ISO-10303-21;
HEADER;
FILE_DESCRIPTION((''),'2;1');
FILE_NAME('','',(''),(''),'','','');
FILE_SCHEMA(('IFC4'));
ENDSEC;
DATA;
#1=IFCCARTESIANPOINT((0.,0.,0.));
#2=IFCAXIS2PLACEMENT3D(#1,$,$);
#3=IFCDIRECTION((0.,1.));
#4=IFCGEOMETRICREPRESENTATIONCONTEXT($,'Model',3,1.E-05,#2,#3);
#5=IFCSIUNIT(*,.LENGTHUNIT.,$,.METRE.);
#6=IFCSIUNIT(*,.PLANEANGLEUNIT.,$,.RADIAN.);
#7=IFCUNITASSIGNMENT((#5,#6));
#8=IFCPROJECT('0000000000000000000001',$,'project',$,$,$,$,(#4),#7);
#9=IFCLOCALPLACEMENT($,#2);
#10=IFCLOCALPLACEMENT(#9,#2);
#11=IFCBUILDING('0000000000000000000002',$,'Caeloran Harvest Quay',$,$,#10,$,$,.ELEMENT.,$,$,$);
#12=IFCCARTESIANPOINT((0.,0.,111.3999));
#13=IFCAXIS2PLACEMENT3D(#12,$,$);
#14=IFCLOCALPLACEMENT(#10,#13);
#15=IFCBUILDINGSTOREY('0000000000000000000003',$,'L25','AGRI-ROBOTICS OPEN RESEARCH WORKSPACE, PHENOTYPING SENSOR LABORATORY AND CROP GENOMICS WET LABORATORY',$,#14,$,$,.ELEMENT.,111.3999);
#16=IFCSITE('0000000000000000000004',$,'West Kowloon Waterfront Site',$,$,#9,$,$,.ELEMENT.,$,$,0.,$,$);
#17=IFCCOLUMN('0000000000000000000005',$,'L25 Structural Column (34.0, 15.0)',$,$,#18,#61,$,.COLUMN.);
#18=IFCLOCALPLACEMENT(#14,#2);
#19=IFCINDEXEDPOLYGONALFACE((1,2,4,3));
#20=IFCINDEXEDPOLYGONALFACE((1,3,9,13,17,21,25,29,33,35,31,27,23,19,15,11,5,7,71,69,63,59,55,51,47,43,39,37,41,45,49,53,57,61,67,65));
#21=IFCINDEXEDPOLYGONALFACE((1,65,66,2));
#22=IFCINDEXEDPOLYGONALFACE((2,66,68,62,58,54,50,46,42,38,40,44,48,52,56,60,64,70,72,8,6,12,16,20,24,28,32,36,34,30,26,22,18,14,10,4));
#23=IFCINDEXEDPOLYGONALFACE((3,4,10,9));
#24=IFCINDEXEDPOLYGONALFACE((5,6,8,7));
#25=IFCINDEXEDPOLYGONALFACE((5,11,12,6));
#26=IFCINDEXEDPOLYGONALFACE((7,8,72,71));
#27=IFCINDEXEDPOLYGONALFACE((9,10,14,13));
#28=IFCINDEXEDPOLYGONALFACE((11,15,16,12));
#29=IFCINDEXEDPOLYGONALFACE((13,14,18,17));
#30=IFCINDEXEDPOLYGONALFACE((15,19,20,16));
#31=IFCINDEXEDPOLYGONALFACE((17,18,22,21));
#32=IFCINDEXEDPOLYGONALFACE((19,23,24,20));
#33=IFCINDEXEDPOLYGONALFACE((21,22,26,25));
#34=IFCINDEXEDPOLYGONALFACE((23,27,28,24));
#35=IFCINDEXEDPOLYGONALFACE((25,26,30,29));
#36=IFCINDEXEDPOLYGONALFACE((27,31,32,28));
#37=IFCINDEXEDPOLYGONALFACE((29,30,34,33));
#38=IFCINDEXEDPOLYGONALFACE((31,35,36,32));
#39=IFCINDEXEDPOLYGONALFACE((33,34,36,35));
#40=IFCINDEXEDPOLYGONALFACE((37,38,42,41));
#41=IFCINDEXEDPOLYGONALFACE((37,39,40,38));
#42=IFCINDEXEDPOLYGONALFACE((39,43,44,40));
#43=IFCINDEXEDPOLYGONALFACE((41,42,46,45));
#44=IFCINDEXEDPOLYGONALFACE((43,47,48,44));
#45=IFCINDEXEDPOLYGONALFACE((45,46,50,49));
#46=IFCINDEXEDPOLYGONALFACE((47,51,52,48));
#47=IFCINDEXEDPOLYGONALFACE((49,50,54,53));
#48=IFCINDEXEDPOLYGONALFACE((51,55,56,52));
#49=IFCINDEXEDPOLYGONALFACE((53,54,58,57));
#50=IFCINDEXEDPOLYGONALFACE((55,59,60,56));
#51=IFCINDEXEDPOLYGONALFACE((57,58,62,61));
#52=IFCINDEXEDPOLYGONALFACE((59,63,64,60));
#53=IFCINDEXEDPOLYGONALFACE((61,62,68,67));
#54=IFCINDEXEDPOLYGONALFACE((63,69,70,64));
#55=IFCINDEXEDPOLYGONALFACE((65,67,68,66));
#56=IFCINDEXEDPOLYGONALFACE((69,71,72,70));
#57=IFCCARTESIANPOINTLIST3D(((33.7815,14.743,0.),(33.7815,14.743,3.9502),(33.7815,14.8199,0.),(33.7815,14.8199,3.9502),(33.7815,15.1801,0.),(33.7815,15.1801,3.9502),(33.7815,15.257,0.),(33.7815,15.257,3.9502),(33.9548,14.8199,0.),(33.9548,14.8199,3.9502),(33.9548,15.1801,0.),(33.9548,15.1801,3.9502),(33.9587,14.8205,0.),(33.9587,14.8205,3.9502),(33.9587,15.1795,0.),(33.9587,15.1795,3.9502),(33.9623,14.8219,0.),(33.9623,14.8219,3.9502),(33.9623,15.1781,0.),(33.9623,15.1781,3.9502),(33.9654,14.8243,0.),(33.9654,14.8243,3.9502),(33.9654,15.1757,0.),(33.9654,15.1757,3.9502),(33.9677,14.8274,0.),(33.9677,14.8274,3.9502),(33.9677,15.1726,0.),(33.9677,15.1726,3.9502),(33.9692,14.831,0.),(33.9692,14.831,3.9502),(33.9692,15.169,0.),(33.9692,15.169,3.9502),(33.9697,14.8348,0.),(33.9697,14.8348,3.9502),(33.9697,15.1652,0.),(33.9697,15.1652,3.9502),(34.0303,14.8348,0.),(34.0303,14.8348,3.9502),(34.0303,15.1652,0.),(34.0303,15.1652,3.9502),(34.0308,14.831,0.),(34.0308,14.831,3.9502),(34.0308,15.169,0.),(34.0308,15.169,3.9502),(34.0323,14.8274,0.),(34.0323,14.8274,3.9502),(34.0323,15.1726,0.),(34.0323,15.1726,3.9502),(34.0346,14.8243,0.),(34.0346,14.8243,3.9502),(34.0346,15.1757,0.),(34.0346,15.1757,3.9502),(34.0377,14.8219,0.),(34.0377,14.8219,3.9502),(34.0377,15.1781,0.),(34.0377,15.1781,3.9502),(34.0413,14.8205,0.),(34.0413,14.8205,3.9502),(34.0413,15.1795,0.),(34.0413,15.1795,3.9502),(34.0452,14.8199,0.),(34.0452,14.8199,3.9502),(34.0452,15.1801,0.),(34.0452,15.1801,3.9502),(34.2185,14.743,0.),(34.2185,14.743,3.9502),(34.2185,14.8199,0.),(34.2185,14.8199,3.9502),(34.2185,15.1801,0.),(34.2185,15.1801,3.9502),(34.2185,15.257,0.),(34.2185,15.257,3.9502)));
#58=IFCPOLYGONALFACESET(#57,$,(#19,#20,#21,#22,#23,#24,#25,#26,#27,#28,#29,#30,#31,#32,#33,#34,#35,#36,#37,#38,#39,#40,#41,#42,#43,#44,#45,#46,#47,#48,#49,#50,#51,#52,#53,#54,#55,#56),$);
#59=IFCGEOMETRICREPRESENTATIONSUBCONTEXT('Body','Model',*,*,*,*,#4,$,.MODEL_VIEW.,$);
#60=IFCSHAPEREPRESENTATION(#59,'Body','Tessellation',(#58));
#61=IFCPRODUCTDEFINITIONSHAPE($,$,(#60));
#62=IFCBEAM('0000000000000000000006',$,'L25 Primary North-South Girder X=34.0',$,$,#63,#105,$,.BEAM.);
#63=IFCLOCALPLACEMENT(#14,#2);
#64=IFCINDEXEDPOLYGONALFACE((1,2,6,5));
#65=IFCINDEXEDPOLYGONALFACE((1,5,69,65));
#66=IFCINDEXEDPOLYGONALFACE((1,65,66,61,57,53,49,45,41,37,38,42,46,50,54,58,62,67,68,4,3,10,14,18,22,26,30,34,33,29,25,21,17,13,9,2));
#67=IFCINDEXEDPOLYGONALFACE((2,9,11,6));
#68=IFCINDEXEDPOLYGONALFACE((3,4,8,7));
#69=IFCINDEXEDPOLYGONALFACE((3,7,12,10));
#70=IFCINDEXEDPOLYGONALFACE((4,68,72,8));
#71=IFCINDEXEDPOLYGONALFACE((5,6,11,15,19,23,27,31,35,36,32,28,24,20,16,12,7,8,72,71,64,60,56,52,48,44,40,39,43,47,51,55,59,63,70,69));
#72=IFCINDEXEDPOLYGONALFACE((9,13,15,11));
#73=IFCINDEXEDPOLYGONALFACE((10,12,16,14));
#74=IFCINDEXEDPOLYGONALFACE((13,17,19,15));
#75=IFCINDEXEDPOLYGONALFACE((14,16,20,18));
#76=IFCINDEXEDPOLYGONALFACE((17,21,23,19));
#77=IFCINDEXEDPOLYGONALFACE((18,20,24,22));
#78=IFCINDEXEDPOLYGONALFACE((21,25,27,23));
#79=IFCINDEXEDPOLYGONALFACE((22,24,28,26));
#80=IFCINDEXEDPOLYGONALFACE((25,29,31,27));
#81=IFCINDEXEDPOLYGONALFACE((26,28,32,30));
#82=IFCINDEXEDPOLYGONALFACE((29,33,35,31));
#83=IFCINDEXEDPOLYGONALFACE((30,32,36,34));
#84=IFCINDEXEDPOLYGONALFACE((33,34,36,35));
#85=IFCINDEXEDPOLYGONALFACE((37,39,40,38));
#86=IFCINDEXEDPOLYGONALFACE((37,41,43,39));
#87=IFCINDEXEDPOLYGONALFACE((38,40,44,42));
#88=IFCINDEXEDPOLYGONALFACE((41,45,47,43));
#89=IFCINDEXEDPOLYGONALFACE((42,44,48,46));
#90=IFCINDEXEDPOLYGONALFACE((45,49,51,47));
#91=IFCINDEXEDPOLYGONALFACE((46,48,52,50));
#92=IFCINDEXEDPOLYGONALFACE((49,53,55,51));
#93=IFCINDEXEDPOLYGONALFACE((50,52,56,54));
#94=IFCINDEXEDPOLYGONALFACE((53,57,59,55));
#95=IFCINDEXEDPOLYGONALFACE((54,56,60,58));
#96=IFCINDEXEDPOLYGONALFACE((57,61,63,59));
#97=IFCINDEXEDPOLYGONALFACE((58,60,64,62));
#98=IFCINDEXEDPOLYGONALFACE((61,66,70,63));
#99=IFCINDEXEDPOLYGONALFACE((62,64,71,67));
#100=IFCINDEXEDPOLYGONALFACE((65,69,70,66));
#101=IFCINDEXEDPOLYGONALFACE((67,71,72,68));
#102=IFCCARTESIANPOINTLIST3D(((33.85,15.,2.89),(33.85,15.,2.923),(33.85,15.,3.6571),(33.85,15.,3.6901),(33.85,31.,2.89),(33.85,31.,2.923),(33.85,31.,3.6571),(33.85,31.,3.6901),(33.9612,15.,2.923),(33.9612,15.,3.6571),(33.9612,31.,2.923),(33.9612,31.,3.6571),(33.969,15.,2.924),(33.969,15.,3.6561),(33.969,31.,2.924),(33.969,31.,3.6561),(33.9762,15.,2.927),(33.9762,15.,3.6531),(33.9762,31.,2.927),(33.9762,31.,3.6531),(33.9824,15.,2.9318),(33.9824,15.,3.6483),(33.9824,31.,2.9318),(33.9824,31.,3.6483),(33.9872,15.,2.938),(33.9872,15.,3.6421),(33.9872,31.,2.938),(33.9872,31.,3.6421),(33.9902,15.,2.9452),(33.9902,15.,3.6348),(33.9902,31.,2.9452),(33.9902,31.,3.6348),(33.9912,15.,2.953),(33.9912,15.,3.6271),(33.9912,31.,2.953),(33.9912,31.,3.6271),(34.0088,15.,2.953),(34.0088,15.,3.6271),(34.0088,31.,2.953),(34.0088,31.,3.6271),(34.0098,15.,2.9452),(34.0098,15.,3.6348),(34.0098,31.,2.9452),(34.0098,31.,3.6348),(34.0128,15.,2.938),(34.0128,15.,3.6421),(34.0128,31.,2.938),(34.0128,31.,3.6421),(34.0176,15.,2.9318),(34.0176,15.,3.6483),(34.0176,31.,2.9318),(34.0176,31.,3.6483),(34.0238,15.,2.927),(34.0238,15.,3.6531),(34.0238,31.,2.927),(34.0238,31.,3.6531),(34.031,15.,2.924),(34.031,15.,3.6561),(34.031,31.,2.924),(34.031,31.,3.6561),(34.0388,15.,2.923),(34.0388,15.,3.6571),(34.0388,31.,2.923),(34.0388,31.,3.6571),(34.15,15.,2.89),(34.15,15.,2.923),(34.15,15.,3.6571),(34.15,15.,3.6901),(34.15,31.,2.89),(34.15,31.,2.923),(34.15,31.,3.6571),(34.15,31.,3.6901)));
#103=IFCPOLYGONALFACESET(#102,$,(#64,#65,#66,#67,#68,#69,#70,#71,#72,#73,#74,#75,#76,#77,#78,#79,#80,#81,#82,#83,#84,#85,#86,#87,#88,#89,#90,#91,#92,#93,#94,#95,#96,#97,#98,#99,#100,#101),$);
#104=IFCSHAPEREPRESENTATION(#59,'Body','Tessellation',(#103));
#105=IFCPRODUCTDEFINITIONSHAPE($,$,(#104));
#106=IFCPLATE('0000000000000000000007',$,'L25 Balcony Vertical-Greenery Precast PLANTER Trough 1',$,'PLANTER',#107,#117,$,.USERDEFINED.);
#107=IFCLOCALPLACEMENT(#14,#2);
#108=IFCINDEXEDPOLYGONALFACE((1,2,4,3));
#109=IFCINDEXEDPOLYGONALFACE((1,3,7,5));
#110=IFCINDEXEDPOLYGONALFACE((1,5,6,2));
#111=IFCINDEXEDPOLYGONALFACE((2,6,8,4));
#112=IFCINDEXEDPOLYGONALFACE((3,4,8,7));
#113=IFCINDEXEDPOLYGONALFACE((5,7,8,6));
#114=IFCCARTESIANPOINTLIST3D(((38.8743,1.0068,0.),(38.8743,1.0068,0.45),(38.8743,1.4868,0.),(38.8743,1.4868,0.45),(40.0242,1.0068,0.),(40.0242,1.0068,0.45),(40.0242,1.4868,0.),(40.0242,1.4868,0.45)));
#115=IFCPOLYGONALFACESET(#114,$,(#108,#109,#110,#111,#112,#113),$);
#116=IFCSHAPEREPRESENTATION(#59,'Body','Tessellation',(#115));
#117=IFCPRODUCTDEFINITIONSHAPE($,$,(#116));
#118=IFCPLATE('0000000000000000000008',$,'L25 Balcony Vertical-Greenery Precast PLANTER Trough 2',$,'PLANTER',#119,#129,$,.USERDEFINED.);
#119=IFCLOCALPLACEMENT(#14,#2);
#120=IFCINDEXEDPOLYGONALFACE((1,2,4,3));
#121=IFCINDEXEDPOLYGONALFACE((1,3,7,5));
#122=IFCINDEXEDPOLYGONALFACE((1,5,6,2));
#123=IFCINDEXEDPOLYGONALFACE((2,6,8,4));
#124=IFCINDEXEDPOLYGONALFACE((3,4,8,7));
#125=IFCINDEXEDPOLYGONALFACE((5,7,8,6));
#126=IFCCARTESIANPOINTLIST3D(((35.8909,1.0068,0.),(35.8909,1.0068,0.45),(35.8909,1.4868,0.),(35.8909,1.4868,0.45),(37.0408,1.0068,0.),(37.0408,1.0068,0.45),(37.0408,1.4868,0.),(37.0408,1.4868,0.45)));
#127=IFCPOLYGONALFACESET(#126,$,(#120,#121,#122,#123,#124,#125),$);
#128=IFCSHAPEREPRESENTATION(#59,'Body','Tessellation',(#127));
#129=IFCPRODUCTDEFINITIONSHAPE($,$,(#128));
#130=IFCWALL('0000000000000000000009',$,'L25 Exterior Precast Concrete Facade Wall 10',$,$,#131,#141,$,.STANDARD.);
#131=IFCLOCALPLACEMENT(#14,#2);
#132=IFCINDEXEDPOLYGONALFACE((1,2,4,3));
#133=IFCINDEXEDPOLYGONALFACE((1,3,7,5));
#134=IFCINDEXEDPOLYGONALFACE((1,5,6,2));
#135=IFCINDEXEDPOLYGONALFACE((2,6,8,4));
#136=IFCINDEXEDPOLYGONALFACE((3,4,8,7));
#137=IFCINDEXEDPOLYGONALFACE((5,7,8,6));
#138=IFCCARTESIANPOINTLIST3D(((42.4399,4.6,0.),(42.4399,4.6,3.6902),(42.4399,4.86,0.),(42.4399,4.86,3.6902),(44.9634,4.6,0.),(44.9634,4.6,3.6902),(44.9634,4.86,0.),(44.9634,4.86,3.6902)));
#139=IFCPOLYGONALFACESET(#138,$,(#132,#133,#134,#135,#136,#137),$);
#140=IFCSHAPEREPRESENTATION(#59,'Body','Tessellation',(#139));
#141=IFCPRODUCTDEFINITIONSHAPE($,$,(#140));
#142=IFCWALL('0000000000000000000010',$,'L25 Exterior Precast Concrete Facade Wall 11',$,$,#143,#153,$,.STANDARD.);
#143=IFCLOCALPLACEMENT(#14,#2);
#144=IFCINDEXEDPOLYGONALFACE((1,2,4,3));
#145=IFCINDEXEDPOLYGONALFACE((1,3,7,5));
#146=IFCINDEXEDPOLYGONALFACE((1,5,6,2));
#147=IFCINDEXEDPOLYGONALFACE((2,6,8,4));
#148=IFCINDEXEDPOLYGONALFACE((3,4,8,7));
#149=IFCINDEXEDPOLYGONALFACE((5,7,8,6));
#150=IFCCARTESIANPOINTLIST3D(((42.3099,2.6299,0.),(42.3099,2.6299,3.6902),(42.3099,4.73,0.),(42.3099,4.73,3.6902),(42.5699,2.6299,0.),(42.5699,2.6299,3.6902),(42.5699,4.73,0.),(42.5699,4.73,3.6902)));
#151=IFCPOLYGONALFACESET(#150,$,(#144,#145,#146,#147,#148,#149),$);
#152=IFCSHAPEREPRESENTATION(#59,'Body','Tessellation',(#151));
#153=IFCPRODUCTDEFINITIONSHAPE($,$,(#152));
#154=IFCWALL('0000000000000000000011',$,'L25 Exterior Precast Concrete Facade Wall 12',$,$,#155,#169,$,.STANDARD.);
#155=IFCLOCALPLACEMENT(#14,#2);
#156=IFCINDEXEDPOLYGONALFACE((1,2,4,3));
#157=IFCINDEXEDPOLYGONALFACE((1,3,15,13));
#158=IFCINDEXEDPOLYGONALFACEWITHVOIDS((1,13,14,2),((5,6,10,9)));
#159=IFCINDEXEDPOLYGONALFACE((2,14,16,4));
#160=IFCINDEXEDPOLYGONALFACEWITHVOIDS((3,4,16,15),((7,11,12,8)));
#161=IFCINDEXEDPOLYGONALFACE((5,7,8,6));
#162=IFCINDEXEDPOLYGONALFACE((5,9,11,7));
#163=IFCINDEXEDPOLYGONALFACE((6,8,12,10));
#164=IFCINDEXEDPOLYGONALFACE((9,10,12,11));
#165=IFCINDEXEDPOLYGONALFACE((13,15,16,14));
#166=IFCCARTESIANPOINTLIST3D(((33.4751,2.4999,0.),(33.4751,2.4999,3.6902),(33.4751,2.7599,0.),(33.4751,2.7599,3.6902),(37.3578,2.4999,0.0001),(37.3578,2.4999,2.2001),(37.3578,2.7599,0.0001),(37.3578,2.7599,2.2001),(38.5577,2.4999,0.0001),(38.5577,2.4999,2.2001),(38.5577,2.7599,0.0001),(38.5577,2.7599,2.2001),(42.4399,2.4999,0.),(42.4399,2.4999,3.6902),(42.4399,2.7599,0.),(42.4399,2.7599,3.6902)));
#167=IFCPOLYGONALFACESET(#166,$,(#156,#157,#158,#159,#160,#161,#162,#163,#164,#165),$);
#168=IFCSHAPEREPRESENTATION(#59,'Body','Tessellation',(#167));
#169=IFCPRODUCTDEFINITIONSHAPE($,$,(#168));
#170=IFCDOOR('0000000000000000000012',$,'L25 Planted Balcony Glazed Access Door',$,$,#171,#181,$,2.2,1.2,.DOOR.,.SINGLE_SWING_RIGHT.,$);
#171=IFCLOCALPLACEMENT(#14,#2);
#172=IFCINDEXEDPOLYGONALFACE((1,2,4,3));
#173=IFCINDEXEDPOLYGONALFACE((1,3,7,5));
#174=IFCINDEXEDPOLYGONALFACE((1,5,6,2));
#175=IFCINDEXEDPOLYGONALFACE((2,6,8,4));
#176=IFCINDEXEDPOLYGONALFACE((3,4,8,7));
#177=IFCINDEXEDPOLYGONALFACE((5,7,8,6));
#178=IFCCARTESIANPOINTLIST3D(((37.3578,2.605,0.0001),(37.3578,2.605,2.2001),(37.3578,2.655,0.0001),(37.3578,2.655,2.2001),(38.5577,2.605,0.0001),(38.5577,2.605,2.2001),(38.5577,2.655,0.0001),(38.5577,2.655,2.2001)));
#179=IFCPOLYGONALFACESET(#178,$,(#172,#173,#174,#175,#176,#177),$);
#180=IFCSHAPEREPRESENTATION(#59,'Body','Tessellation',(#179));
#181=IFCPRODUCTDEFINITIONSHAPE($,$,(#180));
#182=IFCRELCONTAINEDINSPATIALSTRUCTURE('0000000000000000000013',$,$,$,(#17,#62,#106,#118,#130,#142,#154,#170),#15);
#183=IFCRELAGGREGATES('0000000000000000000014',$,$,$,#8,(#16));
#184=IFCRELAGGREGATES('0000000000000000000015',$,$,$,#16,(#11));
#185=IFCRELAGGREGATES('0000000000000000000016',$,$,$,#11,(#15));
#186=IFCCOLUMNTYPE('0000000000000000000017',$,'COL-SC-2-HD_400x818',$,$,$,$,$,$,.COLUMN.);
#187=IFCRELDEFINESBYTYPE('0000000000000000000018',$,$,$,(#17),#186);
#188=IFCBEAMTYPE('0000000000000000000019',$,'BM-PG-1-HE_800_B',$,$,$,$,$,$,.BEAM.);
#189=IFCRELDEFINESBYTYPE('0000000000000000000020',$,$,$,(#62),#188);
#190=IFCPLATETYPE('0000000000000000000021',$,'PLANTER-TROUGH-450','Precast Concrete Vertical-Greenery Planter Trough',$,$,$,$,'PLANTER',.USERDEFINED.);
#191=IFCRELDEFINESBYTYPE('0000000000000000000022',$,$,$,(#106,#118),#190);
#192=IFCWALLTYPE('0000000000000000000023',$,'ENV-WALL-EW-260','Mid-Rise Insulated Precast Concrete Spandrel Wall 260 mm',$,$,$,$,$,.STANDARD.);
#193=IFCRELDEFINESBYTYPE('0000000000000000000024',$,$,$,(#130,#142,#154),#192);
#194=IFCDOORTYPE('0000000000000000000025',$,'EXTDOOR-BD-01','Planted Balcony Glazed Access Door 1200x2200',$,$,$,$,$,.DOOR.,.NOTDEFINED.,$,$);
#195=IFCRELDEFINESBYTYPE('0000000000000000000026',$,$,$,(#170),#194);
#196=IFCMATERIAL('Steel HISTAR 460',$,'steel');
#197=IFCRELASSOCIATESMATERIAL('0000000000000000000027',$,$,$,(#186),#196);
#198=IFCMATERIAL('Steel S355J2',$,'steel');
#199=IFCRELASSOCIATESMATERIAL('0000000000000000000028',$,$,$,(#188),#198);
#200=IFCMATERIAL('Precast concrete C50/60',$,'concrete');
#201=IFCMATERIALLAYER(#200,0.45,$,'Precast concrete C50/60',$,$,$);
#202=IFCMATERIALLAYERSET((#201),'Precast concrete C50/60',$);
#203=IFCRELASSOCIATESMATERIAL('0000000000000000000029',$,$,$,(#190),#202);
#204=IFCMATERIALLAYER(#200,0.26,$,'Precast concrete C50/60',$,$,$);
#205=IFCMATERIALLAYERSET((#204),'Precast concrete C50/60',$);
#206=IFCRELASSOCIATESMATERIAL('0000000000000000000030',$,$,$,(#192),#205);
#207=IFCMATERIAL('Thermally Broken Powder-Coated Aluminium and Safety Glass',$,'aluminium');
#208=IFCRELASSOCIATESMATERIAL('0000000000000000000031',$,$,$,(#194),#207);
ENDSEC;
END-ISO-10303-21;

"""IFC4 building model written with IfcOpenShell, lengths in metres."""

from ifc_helpers import new_model, si_unit, direction, frame, frame_2d, origin, origin_2d, place, context, subcontext, project, spatial, rectangle, i_section, extrude, material, layer, layer_set, material_profile, profile_set, type_object, element, fill, save


model = new_model("IFC4")

# Units and contexts
model_context = context("Model", 3, precision=1e-05, world=origin(), true_north=direction((0.0, 1.0)))
body_context = subcontext(model_context, "Body", "Model", "MODEL_VIEW")
ifc_project = project(units=[si_unit("LENGTHUNIT", "METRE"), si_unit("PLANEANGLEUNIT", "RADIAN")], contexts=[model_context])

# Site, building, storey
site_placement = place(None, origin())
site = spatial("IfcSite", under=ifc_project, at=site_placement, Name="West Kowloon Waterfront Site", CompositionType="ELEMENT", RefElevation=0.0)
building_placement = place(site_placement, origin())
building = spatial("IfcBuilding", under=site, at=building_placement, Name="Caeloran Harvest Quay", CompositionType="ELEMENT")
storey_placement = place(building_placement, frame((0.0, 0.0, 111.3999)))
storey = spatial("IfcBuildingStorey", under=building, at=storey_placement, Name="L25", Description="AGRI-ROBOTICS OPEN RESEARCH WORKSPACE, PHENOTYPING SENSOR LABORATORY AND CROP GENOMICS WET LABORATORY", CompositionType="ELEMENT", Elevation=111.3999)

# Column
ifc_material_1 = material(Name="Steel HISTAR 460", Category="steel")
ifc_material_profile_1 = material_profile(ifc_material_1, i_section(OverallWidth=0.437, OverallDepth=0.5139, WebThickness=0.0605, FlangeThickness=0.0769, FilletRadius=0.0149, at=origin_2d()), Name="HD 400x818")
ifc_profile_set_1 = profile_set([ifc_material_profile_1], Name="Steel HISTAR 460")
column_type = type_object("IfcColumnType", Name="COL-SC-2-HD_400x818", PredefinedType="COLUMN", material=ifc_profile_set_1)
column_placement = place(storey_placement, frame((34.0, 15.0, 0.0), z_axis=(0.0, 0.0, 1.0), x_axis=(1.0, 0.0, 0.0)))
element("IfcColumn", 1, at=column_placement, inside=storey, type_object=column_type, Name="L25 Structural Column (34.0, 15.0)", PredefinedType="COLUMN", context=body_context, shape_type="SweptSolid", body=[
    extrude(i_section(OverallWidth=0.437, OverallDepth=0.5139, WebThickness=0.0605, FlangeThickness=0.0769, FilletRadius=0.0149, at=origin_2d()), origin(), (0.0, 0.0, 1.0), 3.9502),
])

# Beam
ifc_material_2 = material(Name="Steel S355J2", Category="steel")
ifc_material_profile_2 = material_profile(ifc_material_2, i_section(OverallWidth=0.3, OverallDepth=0.8, WebThickness=0.0176, FlangeThickness=0.033, FilletRadius=0.03, at=origin_2d()), Name="HE 800 B")
ifc_profile_set_2 = profile_set([ifc_material_profile_2], Name="Steel S355J2")
beam_type = type_object("IfcBeamType", Name="BM-PG-1-HE_800_B", PredefinedType="BEAM", material=ifc_profile_set_2)
beam_placement = place(storey_placement, frame((34.0, 15.0, 3.29), z_axis=(0.0, 1.0, 0.0), x_axis=(-1.0, 0.0, 0.0)))
element("IfcBeam", 2, at=beam_placement, inside=storey, type_object=beam_type, Name="L25 Primary North-South Girder X=34.0", PredefinedType="BEAM", context=body_context, shape_type="SweptSolid", body=[
    extrude(i_section(OverallWidth=0.3, OverallDepth=0.8, WebThickness=0.0176, FlangeThickness=0.033, FilletRadius=0.03, at=origin_2d()), origin(), (0.0, 0.0, 1.0), 16.0),
])

# Plates
ifc_material_3 = material(Name="Precast concrete C50/60", Category="concrete")
ifc_layer_1 = layer(ifc_material_3, 0.45, Name="Precast concrete C50/60")
ifc_layer_set_1 = layer_set([ifc_layer_1], Name="Precast concrete C50/60")
plate_type = type_object("IfcPlateType", Name="PLANTER-TROUGH-450", Description="Precast Concrete Vertical-Greenery Planter Trough", ElementType="PLANTER", PredefinedType="USERDEFINED", material=ifc_layer_set_1)
for number, where, z_axis, x_axis, name in (
    (3, (39.4492, 1.2468, 0.0), (0.0, 0.0, 1.0), (1.0, 0.0, 0.0), "L25 Balcony Vertical-Greenery Precast PLANTER Trough 1"),
    (4, (36.4658, 1.2468, 0.0), (0.0, 0.0, 1.0), (1.0, 0.0, 0.0), "L25 Balcony Vertical-Greenery Precast PLANTER Trough 2"),
):
    element("IfcPlate", number, at=place(storey_placement, frame(where, z_axis=z_axis, x_axis=x_axis)), inside=storey, type_object=plate_type, Name=name, ObjectType="PLANTER", PredefinedType="USERDEFINED", context=body_context, shape_type="SweptSolid", body=[
        extrude(rectangle(XDim=1.1499, YDim=0.48, at=origin_2d()), origin(), (0.0, 0.0, 1.0), 0.45),
    ])

# Walls
ifc_layer_2 = layer(ifc_material_3, 0.26, Name="Precast concrete C50/60")
ifc_layer_set_2 = layer_set([ifc_layer_2], Name="Precast concrete C50/60")
wall_type_1 = type_object("IfcWallType", Name="ENV-WALL-EW-260", Description="Mid-Rise Insulated Precast Concrete Spandrel Wall 260 mm", PredefinedType="STANDARD", material=ifc_layer_set_2)
wall_1_placement = place(storey_placement, frame((44.9634, 4.73, 0.0), z_axis=(0.0, 0.0, 1.0), x_axis=(-1.0, 0.0, 0.0)))
element("IfcWall", 5, at=wall_1_placement, inside=storey, type_object=wall_type_1, Name="L25 Exterior Precast Concrete Facade Wall 10", PredefinedType="STANDARD", context=body_context, shape_type="SweptSolid", body=[
    extrude(rectangle(XDim=2.5234, YDim=0.26, at=frame_2d((1.2617, 0.0))), origin(), (0.0, 0.0, 1.0), 3.6902),
])
wall_2_placement = place(storey_placement, frame((42.4399, 4.73, 0.0), z_axis=(0.0, 0.0, 1.0), x_axis=(0.0, -1.0, 0.0)))
element("IfcWall", 6, at=wall_2_placement, inside=storey, type_object=wall_type_1, Name="L25 Exterior Precast Concrete Facade Wall 11", PredefinedType="STANDARD", context=body_context, shape_type="SweptSolid", body=[
    extrude(rectangle(XDim=2.1001, YDim=0.26, at=frame_2d((1.05, 0.0))), origin(), (0.0, 0.0, 1.0), 3.6902),
])

# Wall, opening, door
wall_3_placement = place(storey_placement, frame((42.4399, 2.6299, 0.0), z_axis=(0.0, 0.0, 1.0), x_axis=(-1.0, 0.0, 0.0)))
wall_3 = element("IfcWall", 7, at=wall_3_placement, inside=storey, type_object=wall_type_1, Name="L25 Exterior Precast Concrete Facade Wall 12", PredefinedType="STANDARD", context=body_context, shape_type="SweptSolid", body=[
    extrude(rectangle(XDim=8.9648, YDim=0.26, at=frame_2d((4.4824, 0.0))), origin(), (0.0, 0.0, 1.0), 3.6902),
])
opening_placement = place(wall_3_placement, frame((3.8821, 0.0, 0.0)))
opening = element("IfcOpeningElement", 8, at=opening_placement, cuts=wall_3, PredefinedType="OPENING", context=body_context, shape_type="SweptSolid", body=[
    extrude(rectangle(XDim=1.2, YDim=2.2, at=frame_2d((0.6001, 1.1001))), frame((0.0, 0.1401, 0.0), z_axis=(0.0, -1.0, 0.0), x_axis=(1.0, 0.0, 0.0)), (0.0, 0.0, 1.0), 0.28),
])
ifc_material_4 = material(Name="Thermally Broken Powder-Coated Aluminium and Safety Glass", Category="aluminium")
door_type = type_object("IfcDoorType", Name="EXTDOOR-BD-01", Description="Planted Balcony Glazed Access Door 1200x2200", OperationType="NOTDEFINED", PredefinedType="DOOR", material=ifc_material_4)
door_placement = place(opening_placement, origin())
door = element("IfcDoor", 9, at=door_placement, inside=storey, type_object=door_type, Name="L25 Planted Balcony Glazed Access Door", OperationType="SINGLE_SWING_RIGHT", OverallHeight=2.2, OverallWidth=1.2, PredefinedType="DOOR", context=body_context, shape_type="SweptSolid", body=[
    extrude(rectangle(XDim=1.2, YDim=2.2, at=frame_2d((0.6001, 1.1001))), frame((0.0, 0.0249, 0.0), z_axis=(0.0, -1.0, 0.0), x_axis=(1.0, 0.0, 0.0)), (0.0, 0.0, 1.0), 0.05),
])
fill(opening, door)

save(model, "model.ifc")
